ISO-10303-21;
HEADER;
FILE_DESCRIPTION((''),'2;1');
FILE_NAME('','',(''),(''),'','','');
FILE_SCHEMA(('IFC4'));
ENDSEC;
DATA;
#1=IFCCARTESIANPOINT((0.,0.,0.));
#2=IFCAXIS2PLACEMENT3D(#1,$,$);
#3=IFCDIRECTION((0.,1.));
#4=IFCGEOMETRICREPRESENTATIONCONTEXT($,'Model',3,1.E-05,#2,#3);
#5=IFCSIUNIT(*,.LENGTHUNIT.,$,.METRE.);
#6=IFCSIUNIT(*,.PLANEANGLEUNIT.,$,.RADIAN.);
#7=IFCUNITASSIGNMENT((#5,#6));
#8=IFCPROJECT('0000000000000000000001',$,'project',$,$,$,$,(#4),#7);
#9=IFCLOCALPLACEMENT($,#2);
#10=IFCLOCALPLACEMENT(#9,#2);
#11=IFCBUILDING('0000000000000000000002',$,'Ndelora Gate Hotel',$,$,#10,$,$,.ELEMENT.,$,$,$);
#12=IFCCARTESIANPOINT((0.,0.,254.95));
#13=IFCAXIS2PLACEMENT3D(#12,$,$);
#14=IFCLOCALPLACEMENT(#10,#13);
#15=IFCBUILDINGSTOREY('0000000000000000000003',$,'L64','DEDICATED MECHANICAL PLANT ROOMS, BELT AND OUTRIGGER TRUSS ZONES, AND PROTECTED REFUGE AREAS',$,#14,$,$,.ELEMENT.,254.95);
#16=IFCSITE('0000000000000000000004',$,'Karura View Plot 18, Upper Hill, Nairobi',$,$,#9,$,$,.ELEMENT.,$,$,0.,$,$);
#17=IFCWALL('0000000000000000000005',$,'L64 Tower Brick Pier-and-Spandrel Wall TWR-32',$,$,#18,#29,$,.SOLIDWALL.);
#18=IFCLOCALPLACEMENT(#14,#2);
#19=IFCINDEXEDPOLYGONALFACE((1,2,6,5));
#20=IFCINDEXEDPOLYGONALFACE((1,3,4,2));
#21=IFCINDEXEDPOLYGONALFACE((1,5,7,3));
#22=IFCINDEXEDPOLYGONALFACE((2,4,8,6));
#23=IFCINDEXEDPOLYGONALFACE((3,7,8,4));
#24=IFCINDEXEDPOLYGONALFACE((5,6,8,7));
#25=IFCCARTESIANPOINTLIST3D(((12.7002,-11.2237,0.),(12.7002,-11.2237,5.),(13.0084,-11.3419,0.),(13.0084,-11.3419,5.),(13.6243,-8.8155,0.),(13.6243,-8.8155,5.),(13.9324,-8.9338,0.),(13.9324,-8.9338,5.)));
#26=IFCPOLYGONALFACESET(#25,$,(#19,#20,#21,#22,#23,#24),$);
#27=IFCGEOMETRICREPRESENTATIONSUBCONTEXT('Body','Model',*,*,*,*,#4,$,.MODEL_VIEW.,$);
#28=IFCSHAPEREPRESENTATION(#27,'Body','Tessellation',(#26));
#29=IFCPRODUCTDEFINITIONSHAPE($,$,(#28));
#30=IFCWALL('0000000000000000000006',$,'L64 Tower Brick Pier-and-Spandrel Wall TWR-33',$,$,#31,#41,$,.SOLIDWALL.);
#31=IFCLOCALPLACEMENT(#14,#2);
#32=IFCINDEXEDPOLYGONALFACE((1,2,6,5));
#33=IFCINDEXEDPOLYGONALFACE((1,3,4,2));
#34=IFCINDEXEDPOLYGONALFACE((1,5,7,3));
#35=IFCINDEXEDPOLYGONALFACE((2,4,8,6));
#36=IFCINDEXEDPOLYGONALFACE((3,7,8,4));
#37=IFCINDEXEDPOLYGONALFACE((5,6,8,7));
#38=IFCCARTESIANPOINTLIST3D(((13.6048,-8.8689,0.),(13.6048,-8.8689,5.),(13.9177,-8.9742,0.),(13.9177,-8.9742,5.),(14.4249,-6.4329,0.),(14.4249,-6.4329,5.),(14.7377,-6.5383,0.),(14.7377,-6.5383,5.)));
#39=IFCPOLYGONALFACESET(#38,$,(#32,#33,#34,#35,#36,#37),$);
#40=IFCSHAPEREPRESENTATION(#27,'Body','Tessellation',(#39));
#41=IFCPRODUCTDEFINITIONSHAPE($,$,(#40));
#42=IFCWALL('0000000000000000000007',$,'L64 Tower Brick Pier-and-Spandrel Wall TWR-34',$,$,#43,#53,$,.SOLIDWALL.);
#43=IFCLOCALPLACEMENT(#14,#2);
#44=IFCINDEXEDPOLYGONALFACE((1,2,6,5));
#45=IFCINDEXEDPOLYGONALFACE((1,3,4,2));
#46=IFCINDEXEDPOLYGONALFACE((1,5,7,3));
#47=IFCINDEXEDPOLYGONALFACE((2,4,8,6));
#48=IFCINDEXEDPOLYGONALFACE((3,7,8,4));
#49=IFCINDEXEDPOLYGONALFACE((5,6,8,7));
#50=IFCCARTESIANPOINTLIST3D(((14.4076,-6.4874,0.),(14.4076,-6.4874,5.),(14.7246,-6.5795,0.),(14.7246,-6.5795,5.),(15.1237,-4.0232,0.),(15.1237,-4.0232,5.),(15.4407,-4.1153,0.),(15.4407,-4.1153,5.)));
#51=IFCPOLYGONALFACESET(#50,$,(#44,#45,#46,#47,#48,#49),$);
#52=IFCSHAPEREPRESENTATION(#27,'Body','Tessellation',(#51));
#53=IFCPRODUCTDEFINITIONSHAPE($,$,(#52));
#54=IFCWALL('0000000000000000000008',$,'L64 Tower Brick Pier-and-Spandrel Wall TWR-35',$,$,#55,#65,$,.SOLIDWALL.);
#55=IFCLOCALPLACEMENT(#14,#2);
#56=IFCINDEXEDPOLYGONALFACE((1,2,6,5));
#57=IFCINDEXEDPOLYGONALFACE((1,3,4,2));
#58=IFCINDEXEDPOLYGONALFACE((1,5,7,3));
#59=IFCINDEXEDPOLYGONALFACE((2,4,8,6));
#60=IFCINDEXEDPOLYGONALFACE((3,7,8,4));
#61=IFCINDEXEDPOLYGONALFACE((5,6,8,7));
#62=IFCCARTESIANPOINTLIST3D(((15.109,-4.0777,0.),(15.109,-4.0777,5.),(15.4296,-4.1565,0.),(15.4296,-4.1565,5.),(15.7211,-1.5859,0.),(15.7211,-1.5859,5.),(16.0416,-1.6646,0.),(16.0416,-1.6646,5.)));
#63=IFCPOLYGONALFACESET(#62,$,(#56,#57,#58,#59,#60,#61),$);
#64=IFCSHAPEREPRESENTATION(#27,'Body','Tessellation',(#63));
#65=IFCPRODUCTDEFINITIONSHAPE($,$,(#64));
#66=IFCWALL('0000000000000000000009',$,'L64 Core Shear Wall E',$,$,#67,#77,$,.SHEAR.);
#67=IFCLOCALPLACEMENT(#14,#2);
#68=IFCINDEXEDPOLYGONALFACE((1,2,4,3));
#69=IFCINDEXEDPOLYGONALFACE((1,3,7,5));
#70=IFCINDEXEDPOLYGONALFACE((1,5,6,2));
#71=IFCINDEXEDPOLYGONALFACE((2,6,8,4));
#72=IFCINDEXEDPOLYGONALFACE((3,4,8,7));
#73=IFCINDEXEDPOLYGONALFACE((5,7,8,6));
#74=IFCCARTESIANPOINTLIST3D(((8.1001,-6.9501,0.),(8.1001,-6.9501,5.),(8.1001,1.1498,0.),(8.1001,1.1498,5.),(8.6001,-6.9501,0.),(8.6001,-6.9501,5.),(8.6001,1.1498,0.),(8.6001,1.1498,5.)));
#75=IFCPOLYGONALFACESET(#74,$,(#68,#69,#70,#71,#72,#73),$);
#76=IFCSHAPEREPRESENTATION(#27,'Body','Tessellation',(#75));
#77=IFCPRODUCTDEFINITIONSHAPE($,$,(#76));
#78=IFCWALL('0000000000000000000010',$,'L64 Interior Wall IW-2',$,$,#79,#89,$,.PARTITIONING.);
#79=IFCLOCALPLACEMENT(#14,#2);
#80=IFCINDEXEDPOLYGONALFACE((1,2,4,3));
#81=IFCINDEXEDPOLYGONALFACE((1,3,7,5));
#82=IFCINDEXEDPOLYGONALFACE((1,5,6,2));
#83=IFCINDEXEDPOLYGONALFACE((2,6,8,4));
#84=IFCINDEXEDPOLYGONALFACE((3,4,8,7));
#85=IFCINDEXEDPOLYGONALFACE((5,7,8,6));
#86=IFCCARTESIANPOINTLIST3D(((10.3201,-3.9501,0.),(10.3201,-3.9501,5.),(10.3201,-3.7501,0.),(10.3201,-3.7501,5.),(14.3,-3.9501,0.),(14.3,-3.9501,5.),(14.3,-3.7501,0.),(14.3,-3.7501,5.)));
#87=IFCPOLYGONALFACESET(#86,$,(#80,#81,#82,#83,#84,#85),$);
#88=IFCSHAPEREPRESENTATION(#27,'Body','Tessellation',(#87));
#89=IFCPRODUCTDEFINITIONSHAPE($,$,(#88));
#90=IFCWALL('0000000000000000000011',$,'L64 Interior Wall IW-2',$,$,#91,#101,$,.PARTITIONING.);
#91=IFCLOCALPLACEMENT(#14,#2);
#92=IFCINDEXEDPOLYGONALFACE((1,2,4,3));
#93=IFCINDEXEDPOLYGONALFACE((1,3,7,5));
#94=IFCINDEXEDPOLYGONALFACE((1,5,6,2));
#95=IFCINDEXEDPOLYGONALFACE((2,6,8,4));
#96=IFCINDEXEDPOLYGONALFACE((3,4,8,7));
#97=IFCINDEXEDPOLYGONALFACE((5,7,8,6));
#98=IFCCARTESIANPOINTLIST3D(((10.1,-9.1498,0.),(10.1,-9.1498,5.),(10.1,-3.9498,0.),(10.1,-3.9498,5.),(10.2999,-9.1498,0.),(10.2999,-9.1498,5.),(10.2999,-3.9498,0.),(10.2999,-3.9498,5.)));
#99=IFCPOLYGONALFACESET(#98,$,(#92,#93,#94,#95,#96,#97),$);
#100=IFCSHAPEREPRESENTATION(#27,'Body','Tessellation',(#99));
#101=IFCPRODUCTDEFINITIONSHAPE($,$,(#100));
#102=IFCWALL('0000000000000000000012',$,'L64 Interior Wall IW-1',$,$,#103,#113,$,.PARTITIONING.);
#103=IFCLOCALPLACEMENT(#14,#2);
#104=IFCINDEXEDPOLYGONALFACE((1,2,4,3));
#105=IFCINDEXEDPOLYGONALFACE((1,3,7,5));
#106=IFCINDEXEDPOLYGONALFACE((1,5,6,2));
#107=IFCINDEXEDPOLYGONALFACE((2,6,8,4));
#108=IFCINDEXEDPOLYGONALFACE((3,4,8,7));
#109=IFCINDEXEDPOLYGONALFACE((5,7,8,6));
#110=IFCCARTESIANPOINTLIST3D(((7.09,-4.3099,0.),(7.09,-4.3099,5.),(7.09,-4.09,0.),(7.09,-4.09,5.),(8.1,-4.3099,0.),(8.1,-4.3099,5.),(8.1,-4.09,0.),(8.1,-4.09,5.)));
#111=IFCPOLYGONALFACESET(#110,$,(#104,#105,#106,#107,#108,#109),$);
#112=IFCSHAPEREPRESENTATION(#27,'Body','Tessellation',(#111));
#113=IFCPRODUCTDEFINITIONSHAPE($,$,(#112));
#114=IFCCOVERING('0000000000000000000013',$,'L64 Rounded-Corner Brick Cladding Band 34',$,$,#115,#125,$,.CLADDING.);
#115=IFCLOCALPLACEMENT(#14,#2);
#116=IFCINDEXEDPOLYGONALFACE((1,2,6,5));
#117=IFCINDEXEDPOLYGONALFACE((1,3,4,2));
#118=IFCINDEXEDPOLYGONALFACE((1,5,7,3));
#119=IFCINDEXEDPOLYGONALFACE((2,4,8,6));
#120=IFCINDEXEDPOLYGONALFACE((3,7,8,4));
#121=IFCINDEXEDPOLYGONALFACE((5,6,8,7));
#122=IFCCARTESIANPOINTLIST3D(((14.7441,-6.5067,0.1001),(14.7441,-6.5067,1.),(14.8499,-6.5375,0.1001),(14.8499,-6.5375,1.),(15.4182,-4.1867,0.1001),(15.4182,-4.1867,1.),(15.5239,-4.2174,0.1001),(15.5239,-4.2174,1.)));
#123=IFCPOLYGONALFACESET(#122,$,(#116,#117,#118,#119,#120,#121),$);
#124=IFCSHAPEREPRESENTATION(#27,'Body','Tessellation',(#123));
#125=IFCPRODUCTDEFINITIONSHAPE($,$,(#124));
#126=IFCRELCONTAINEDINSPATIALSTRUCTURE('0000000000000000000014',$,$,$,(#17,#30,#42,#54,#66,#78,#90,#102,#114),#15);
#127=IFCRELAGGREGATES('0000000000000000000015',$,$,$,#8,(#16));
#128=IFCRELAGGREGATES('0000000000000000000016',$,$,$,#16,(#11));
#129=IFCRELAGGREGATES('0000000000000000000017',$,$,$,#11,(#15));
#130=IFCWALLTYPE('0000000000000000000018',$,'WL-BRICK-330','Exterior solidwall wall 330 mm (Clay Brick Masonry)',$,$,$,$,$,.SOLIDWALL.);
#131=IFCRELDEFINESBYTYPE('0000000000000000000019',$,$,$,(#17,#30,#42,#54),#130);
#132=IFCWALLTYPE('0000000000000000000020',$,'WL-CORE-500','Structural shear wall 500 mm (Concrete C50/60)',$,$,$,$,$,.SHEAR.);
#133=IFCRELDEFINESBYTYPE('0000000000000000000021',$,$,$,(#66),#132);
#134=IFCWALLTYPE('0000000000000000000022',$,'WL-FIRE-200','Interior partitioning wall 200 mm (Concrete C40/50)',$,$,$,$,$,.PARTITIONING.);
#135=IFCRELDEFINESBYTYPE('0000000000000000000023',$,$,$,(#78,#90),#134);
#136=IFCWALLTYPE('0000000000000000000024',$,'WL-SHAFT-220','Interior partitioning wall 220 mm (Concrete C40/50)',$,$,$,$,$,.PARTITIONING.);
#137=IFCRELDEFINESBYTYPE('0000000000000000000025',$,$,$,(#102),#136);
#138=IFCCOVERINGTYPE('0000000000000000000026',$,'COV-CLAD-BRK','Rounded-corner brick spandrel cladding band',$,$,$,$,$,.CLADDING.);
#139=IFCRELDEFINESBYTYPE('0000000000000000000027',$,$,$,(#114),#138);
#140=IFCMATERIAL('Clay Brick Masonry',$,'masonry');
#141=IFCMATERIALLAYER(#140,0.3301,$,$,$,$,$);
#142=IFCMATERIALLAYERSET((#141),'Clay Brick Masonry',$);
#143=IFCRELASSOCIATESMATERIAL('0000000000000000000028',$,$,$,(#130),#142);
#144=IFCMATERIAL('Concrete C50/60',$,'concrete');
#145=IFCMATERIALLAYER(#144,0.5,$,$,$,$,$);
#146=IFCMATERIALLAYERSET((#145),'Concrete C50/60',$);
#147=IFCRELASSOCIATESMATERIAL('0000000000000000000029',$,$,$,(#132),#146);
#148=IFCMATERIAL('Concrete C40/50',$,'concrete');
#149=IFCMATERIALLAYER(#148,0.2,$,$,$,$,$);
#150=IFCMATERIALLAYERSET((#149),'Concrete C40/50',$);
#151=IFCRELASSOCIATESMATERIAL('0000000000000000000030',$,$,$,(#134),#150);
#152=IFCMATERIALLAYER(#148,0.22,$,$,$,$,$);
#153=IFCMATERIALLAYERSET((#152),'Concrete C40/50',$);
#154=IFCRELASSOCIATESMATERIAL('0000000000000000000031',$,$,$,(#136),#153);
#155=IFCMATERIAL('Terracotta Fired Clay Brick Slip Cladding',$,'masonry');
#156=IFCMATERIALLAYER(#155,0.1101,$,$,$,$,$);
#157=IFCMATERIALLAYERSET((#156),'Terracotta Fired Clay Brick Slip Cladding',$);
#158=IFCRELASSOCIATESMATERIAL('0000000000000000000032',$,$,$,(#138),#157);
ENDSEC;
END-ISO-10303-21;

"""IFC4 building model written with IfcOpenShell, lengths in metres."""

from ifc_helpers import new_model, si_unit, direction, frame, frame_2d, origin, origin_2d, place, context, subcontext, project, spatial, rectangle, extrude, material, layer, layer_set, type_object, element, save


model = new_model("IFC4")

# Units and contexts
model_context = context("Model", 3, precision=1e-05, world=origin(), true_north=direction((0.0, 1.0)))
body_context = subcontext(model_context, "Body", "Model", "MODEL_VIEW")
ifc_project = project(units=[si_unit("LENGTHUNIT", "METRE"), si_unit("PLANEANGLEUNIT", "RADIAN")], contexts=[model_context])

# Site, building, storey
site_placement = place(None, origin())
site = spatial("IfcSite", under=ifc_project, at=site_placement, Name="Karura View Plot 18, Upper Hill, Nairobi", CompositionType="ELEMENT", RefElevation=0.0)
building_placement = place(site_placement, origin())
building = spatial("IfcBuilding", under=site, at=building_placement, Name="Ndelora Gate Hotel", CompositionType="ELEMENT")
storey_placement = place(building_placement, frame((0.0, 0.0, 254.95)))
storey = spatial("IfcBuildingStorey", under=building, at=storey_placement, Name="L64", Description="DEDICATED MECHANICAL PLANT ROOMS, BELT AND OUTRIGGER TRUSS ZONES, AND PROTECTED REFUGE AREAS", CompositionType="ELEMENT", Elevation=254.95)

# Shared definitions
ifc_material_1 = material(Name="Concrete C50/60", Category="concrete")

# Walls
ifc_material_2 = material(Name="Clay Brick Masonry", Category="masonry")
ifc_layer_1 = layer(ifc_material_2, 0.3301)
ifc_layer_set_1 = layer_set([ifc_layer_1], Name="Clay Brick Masonry")
wall_type_1 = type_object("IfcWallType", Name="WL-BRICK-330", Description="Exterior solidwall wall 330 mm (Clay Brick Masonry)", PredefinedType="SOLIDWALL", material=ifc_layer_set_1)
wall_1_placement = place(storey_placement, frame((13.7783, -8.8748, 0.0), z_axis=(0.0, 0.0, 1.0), x_axis=(-0.35825, -0.933626, 0.0)))
element("IfcWall", 1, at=wall_1_placement, inside=storey, type_object=wall_type_1, Name="L64 Tower Brick Pier-and-Spandrel Wall TWR-32", PredefinedType="SOLIDWALL", context=body_context, shape_type="SweptSolid", body=[
    extrude(rectangle(XDim=2.5793, YDim=0.3301, at=frame_2d((1.2896, 0.0))), origin(), (0.0, 0.0, 1.0), 5.0),
])
wall_2_placement = place(storey_placement, frame((14.5813, -6.4856, 0.0), z_axis=(0.0, 0.0, 1.0), x_axis=(-0.319047, -0.947739, 0.0)))
element("IfcWall", 2, at=wall_2_placement, inside=storey, type_object=wall_type_1, Name="L64 Tower Brick Pier-and-Spandrel Wall TWR-33", PredefinedType="SOLIDWALL", context=body_context, shape_type="SweptSolid", body=[
    extrude(rectangle(XDim=2.5703, YDim=0.3301, at=frame_2d((1.2852, 0.0))), origin(), (0.0, 0.0, 1.0), 5.0),
])
wall_3_placement = place(storey_placement, frame((15.2822, -4.0691, 0.0), z_axis=(0.0, 0.0, 1.0), x_axis=(-0.279054, -0.960276, 0.0)))
element("IfcWall", 3, at=wall_3_placement, inside=storey, type_object=wall_type_1, Name="L64 Tower Brick Pier-and-Spandrel Wall TWR-34", PredefinedType="SOLIDWALL", context=body_context, shape_type="SweptSolid", body=[
    extrude(rectangle(XDim=2.5662, YDim=0.3301, at=frame_2d((1.2832, 0.0))), origin(), (0.0, 0.0, 1.0), 5.0),
])
wall_4_placement = place(storey_placement, frame((15.8813, -1.6252, 0.0), z_axis=(0.0, 0.0, 1.0), x_axis=(-0.238526, -0.971136, 0.0)))
element("IfcWall", 4, at=wall_4_placement, inside=storey, type_object=wall_type_1, Name="L64 Tower Brick Pier-and-Spandrel Wall TWR-35", PredefinedType="SOLIDWALL", context=body_context, shape_type="SweptSolid", body=[
    extrude(rectangle(XDim=2.5659, YDim=0.3301, at=frame_2d((1.283, 0.0))), origin(), (0.0, 0.0, 1.0), 5.0),
])
ifc_layer_2 = layer(ifc_material_1, 0.5)
ifc_layer_set_2 = layer_set([ifc_layer_2], Name="Concrete C50/60")
wall_type_2 = type_object("IfcWallType", Name="WL-CORE-500", Description="Structural shear wall 500 mm (Concrete C50/60)", PredefinedType="SHEAR", material=ifc_layer_set_2)
wall_5_placement = place(storey_placement, frame((8.3501, -6.95, 0.0), z_axis=(0.0, 0.0, 1.0), x_axis=(0.0, 1.0, 0.0)))
element("IfcWall", 5, at=wall_5_placement, inside=storey, type_object=wall_type_2, Name="L64 Core Shear Wall E", PredefinedType="SHEAR", context=body_context, shape_type="SweptSolid", body=[
    extrude(rectangle(XDim=8.0999, YDim=0.5, at=frame_2d((4.0498, 0.0))), origin(), (0.0, 0.0, 1.0), 5.0),
])
ifc_material_3 = material(Name="Concrete C40/50", Category="concrete")
ifc_layer_3 = layer(ifc_material_3, 0.2)
ifc_layer_set_3 = layer_set([ifc_layer_3], Name="Concrete C40/50")
wall_type_3 = type_object("IfcWallType", Name="WL-FIRE-200", Description="Interior partitioning wall 200 mm (Concrete C40/50)", PredefinedType="PARTITIONING", material=ifc_layer_set_3)
wall_6_placement = place(storey_placement, frame((10.3201, -3.8501, 0.0), z_axis=(0.0, 0.0, 1.0), x_axis=(1.0, 0.0, 0.0)))
element("IfcWall", 6, at=wall_6_placement, inside=storey, type_object=wall_type_3, Name="L64 Interior Wall IW-2", PredefinedType="PARTITIONING", context=body_context, shape_type="SweptSolid", body=[
    extrude(rectangle(XDim=3.98, YDim=0.2, at=frame_2d((1.99, 0.0))), origin(), (0.0, 0.0, 1.0), 5.0),
])
wall_7_placement = place(storey_placement, frame((10.2, -9.1499, 0.0), z_axis=(0.0, 0.0, 1.0), x_axis=(0.0, 1.0, 0.0)))
element("IfcWall", 7, at=wall_7_placement, inside=storey, type_object=wall_type_3, Name="L64 Interior Wall IW-2", PredefinedType="PARTITIONING", context=body_context, shape_type="SweptSolid", body=[
    extrude(rectangle(XDim=5.2, YDim=0.2, at=frame_2d((2.6001, 0.0))), origin(), (0.0, 0.0, 1.0), 5.0),
])
ifc_layer_4 = layer(ifc_material_3, 0.22)
ifc_layer_set_4 = layer_set([ifc_layer_4], Name="Concrete C40/50")
wall_type_4 = type_object("IfcWallType", Name="WL-SHAFT-220", Description="Interior partitioning wall 220 mm (Concrete C40/50)", PredefinedType="PARTITIONING", material=ifc_layer_set_4)
wall_8_placement = place(storey_placement, frame((7.0901, -4.2, 0.0), z_axis=(0.0, 0.0, 1.0), x_axis=(1.0, 0.0, 0.0)))
element("IfcWall", 8, at=wall_8_placement, inside=storey, type_object=wall_type_4, Name="L64 Interior Wall IW-1", PredefinedType="PARTITIONING", context=body_context, shape_type="SweptSolid", body=[
    extrude(rectangle(XDim=1.01, YDim=0.22, at=frame_2d((0.5049, 0.0))), origin(), (0.0, 0.0, 1.0), 5.0),
])

# Covering
ifc_material_4 = material(Name="Terracotta Fired Clay Brick Slip Cladding", Category="masonry")
ifc_layer_5 = layer(ifc_material_4, 0.1101)
ifc_layer_set_5 = layer_set([ifc_layer_5], Name="Terracotta Fired Clay Brick Slip Cladding")
covering_type = type_object("IfcCoveringType", Name="COV-CLAD-BRK", Description="Rounded-corner brick spandrel cladding band", PredefinedType="CLADDING", material=ifc_layer_set_5)
covering_placement = place(storey_placement, frame((15.134, -5.3621, 0.1001), z_axis=(0.0, 0.0, 1.0), x_axis=(0.278991, 0.960294, 0.0)))
element("IfcCovering", 9, at=covering_placement, inside=storey, type_object=covering_type, Name="L64 Rounded-Corner Brick Cladding Band 34", PredefinedType="CLADDING", context=body_context, shape_type="SweptSolid", body=[
    extrude(rectangle(XDim=2.416, YDim=0.1101, at=origin_2d()), origin(), (0.0, 0.0, 1.0), 0.8999),
])

save(model, "model.ifc")
